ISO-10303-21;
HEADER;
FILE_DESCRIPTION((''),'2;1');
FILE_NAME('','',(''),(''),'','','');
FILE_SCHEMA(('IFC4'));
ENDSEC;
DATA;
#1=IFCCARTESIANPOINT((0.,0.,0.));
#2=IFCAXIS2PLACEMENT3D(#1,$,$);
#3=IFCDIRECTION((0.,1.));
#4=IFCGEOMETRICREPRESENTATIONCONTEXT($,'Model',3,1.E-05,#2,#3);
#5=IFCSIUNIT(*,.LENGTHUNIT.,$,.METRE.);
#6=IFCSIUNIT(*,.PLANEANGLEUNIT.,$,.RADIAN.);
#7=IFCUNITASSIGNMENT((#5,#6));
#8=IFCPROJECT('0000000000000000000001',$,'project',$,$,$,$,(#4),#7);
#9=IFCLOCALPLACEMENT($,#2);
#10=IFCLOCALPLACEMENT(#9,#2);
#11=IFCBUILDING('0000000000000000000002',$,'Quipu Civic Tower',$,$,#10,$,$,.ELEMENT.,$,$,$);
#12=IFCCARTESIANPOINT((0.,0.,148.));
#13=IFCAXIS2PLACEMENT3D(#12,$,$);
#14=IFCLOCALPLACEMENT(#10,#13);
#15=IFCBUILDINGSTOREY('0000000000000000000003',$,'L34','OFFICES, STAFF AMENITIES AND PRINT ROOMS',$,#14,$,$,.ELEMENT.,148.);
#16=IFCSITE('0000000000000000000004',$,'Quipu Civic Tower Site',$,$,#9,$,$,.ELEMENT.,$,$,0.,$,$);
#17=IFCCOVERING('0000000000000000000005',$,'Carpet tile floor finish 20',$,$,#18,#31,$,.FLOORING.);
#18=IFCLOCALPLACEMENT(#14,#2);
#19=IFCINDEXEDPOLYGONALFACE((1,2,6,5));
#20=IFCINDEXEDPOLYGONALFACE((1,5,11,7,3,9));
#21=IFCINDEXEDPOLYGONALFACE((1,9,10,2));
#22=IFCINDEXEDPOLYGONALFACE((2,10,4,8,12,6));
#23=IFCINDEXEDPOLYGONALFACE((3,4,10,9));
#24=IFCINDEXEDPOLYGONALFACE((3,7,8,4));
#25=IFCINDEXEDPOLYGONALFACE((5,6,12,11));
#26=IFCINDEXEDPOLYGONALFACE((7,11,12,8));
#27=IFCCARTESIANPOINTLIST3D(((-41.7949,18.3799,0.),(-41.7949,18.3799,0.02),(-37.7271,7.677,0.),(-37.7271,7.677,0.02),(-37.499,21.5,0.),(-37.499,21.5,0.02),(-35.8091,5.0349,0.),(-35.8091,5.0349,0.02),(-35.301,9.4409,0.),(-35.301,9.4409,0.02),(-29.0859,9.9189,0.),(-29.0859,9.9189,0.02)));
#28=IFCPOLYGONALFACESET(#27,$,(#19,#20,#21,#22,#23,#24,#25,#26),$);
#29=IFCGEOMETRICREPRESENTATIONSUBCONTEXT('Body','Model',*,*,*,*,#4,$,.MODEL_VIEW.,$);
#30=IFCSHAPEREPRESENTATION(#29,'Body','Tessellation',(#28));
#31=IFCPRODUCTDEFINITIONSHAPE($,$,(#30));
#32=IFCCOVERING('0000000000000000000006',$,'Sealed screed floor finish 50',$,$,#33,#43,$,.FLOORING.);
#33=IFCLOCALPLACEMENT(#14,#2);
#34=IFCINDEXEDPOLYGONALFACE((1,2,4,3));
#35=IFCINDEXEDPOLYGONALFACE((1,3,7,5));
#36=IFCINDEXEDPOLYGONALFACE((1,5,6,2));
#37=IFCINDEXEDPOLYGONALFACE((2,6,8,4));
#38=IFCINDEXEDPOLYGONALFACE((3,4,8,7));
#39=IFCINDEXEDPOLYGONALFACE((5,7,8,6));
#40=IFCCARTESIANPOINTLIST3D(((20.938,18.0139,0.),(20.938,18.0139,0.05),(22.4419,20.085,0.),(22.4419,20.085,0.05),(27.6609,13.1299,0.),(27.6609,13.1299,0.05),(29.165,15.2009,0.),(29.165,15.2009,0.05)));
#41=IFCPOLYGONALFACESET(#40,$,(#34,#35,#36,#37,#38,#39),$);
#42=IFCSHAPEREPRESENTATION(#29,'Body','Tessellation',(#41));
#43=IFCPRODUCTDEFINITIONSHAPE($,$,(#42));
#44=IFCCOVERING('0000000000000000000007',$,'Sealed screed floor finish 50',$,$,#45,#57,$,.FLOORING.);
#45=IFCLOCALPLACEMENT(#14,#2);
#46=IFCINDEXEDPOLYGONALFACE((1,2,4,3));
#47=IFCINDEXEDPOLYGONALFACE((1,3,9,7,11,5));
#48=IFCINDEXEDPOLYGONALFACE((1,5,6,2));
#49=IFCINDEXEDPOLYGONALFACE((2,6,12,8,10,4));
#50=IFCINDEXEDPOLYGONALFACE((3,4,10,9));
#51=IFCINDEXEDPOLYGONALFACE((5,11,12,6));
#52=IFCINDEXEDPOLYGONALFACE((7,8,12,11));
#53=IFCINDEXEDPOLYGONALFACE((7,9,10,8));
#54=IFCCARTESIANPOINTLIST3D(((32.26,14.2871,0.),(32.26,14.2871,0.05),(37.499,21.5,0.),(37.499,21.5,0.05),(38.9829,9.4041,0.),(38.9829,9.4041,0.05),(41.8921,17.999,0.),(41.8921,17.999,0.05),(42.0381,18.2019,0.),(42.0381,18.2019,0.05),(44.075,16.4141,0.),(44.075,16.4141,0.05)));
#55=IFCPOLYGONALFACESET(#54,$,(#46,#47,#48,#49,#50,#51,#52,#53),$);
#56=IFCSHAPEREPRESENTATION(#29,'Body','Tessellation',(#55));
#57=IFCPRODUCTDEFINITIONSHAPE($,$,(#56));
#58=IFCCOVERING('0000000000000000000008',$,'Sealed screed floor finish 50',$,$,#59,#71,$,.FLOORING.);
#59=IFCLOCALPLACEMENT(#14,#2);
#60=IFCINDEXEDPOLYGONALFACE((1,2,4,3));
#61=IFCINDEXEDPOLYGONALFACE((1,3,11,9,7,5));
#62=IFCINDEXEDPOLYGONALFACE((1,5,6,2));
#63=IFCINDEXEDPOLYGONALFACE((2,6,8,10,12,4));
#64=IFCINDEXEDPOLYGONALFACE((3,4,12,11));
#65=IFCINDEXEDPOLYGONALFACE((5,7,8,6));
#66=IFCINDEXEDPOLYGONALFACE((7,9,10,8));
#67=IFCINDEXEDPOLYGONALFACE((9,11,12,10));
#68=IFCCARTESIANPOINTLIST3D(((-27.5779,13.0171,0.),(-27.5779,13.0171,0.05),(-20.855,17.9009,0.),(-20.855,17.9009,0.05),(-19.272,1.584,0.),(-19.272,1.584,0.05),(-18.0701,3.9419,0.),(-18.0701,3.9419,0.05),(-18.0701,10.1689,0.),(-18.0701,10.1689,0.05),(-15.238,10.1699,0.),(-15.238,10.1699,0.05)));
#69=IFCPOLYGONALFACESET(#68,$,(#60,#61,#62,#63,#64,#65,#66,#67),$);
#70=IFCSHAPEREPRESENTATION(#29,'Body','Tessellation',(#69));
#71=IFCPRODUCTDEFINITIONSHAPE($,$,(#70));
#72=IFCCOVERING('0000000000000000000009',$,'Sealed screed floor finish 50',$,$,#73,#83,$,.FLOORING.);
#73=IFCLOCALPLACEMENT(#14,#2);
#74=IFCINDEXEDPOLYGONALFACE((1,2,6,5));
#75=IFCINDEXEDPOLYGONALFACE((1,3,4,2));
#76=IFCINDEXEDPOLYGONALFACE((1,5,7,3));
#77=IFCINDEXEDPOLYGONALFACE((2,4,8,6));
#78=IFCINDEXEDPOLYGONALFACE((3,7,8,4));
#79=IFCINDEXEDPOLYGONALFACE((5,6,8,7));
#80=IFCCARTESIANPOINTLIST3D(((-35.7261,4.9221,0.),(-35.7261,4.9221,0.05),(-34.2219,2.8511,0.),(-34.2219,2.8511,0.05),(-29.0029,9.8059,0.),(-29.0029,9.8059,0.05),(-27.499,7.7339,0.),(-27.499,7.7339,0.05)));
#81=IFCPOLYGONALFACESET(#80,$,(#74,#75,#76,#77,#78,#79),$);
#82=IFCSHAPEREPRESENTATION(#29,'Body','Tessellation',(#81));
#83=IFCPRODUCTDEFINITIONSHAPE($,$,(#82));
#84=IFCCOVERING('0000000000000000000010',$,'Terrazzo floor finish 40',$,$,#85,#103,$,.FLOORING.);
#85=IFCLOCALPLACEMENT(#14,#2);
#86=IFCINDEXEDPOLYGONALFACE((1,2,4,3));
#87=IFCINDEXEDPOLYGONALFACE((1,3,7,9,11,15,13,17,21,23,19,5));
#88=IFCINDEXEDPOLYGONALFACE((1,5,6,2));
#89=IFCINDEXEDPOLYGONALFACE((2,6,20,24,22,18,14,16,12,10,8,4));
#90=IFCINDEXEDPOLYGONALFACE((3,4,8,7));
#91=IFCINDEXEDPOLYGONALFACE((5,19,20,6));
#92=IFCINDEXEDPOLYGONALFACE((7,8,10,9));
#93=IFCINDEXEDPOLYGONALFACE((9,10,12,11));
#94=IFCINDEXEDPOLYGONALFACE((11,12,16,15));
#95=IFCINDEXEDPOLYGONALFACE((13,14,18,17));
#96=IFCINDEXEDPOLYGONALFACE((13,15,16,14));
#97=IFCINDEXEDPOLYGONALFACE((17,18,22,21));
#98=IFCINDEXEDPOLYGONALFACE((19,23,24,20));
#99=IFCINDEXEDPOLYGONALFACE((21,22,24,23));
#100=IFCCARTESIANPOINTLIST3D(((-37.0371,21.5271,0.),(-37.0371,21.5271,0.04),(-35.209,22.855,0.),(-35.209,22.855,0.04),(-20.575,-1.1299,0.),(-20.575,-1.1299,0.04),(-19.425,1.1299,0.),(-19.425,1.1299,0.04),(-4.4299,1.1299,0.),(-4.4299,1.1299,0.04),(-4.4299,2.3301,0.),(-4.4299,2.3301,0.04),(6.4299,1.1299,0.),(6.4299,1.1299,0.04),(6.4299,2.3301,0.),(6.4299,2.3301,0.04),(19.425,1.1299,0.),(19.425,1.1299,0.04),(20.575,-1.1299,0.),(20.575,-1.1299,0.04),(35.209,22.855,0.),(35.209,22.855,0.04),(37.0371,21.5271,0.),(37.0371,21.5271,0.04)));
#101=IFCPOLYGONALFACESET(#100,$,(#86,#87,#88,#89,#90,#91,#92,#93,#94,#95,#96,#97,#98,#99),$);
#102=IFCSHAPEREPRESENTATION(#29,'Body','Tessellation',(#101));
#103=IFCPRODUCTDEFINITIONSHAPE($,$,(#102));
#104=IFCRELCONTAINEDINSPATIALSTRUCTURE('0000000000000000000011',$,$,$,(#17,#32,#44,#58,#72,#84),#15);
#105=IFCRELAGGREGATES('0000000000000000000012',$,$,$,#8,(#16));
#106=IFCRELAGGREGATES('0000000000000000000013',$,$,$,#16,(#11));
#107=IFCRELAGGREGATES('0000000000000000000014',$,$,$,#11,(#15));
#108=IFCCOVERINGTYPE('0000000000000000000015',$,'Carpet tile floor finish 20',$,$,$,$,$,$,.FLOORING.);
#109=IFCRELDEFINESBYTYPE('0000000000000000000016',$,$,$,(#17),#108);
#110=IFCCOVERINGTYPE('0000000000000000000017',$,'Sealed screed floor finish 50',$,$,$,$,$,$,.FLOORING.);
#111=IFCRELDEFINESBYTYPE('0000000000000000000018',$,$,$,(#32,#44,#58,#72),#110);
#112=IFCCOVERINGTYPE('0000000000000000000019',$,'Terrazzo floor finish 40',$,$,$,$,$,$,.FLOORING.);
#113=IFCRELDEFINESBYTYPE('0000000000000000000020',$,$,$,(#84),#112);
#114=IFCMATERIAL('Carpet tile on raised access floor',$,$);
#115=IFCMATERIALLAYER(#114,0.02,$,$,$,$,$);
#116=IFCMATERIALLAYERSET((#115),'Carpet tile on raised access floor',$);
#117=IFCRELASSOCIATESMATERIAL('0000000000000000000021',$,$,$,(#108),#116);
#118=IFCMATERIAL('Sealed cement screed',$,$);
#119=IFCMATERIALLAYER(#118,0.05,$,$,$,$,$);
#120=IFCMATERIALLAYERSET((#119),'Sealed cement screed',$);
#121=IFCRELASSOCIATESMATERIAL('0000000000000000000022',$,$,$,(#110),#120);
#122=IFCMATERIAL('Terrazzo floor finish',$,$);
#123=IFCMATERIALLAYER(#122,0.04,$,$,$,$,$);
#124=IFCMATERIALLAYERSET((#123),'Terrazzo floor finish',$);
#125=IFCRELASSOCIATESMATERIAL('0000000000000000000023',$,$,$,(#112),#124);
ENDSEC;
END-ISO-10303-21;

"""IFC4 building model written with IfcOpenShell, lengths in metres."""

from ifc_helpers import new_model, si_unit, direction, frame, origin, place, context, subcontext, project, spatial, polyline, outline, extrude, material, layer, layer_set, type_object, element, save


model = new_model("IFC4")

# Units and contexts
model_context = context("Model", 3, precision=1e-05, world=origin(), true_north=direction((0.0, 1.0)))
body_context = subcontext(model_context, "Body", "Model", "MODEL_VIEW")
ifc_project = project(units=[si_unit("LENGTHUNIT", "METRE"), si_unit("PLANEANGLEUNIT", "RADIAN")], contexts=[model_context])

# Site, building, storey
site_placement = place(None, origin())
site = spatial("IfcSite", under=ifc_project, at=site_placement, Name="Quipu Civic Tower Site", CompositionType="ELEMENT", RefElevation=0.0)
building_placement = place(site_placement, origin())
building = spatial("IfcBuilding", under=site, at=building_placement, Name="Quipu Civic Tower", CompositionType="ELEMENT")
storey_placement = place(building_placement, frame((0.0, 0.0, 148.0)))
storey = spatial("IfcBuildingStorey", under=building, at=storey_placement, Name="L34", Description="OFFICES, STAFF AMENITIES AND PRINT ROOMS", CompositionType="ELEMENT", Elevation=148.0)

# Coverings
ifc_material_1 = material(Name="Carpet tile on raised access floor")
ifc_layer_1 = layer(ifc_material_1, 0.02)
ifc_layer_set_1 = layer_set([ifc_layer_1], Name="Carpet tile on raised access floor")
covering_type_1 = type_object("IfcCoveringType", Name="Carpet tile floor finish 20", PredefinedType="FLOORING", material=ifc_layer_set_1)
covering_1_placement = place(storey_placement, origin())
element("IfcCovering", 1, at=covering_1_placement, inside=storey, type_object=covering_type_1, Name="Carpet tile floor finish 20", PredefinedType="FLOORING", context=body_context, shape_type="SweptSolid", body=[
    extrude(outline(polyline([(-41.7949, 18.3799), (-37.499, 21.5), (-29.0859, 9.9189), (-35.8091, 5.0349), (-37.7271, 7.677), (-35.301, 9.4409), (-41.7949, 18.3799)])), origin(), (0.0, 0.0, 1.0), 0.02),
])
ifc_material_2 = material(Name="Sealed cement screed")
ifc_layer_2 = layer(ifc_material_2, 0.05)
ifc_layer_set_2 = layer_set([ifc_layer_2], Name="Sealed cement screed")
covering_type_2 = type_object("IfcCoveringType", Name="Sealed screed floor finish 50", PredefinedType="FLOORING", material=ifc_layer_set_2)
covering_2_placement = place(storey_placement, origin())
element("IfcCovering", 2, at=covering_2_placement, inside=storey, type_object=covering_type_2, Name="Sealed screed floor finish 50", PredefinedType="FLOORING", context=body_context, shape_type="SweptSolid", body=[
    extrude(outline(polyline([(20.938, 18.0139), (22.4419, 20.085), (29.165, 15.2009), (27.6609, 13.1299), (20.938, 18.0139)])), origin(), (0.0, 0.0, 1.0), 0.05),
])
covering_3_placement = place(storey_placement, origin())
element("IfcCovering", 3, at=covering_3_placement, inside=storey, type_object=covering_type_2, Name="Sealed screed floor finish 50", PredefinedType="FLOORING", context=body_context, shape_type="SweptSolid", body=[
    extrude(outline(polyline([(32.26, 14.2871), (37.499, 21.5), (42.0381, 18.2019), (41.8921, 17.999), (44.075, 16.4141), (38.9829, 9.4041), (32.26, 14.2871)])), origin(), (0.0, 0.0, 1.0), 0.05),
])
covering_4_placement = place(storey_placement, origin())
element("IfcCovering", 4, at=covering_4_placement, inside=storey, type_object=covering_type_2, Name="Sealed screed floor finish 50", PredefinedType="FLOORING", context=body_context, shape_type="SweptSolid", body=[
    extrude(outline(polyline([(-27.5779, 13.0171), (-20.855, 17.9009), (-15.238, 10.1699), (-18.0701, 10.1689), (-18.0701, 3.9419), (-19.272, 1.584), (-27.5779, 13.0171)])), origin(), (0.0, 0.0, 1.0), 0.05),
])
covering_5_placement = place(storey_placement, origin())
element("IfcCovering", 5, at=covering_5_placement, inside=storey, type_object=covering_type_2, Name="Sealed screed floor finish 50", PredefinedType="FLOORING", context=body_context, shape_type="SweptSolid", body=[
    extrude(outline(polyline([(-35.7261, 4.9221), (-29.0029, 9.8059), (-27.499, 7.7339), (-34.2219, 2.8511), (-35.7261, 4.9221)])), origin(), (0.0, 0.0, 1.0), 0.05),
])
ifc_material_3 = material(Name="Terrazzo floor finish")
ifc_layer_3 = layer(ifc_material_3, 0.04)
ifc_layer_set_3 = layer_set([ifc_layer_3], Name="Terrazzo floor finish")
covering_type_3 = type_object("IfcCoveringType", Name="Terrazzo floor finish 40", PredefinedType="FLOORING", material=ifc_layer_set_3)
covering_6_placement = place(storey_placement, origin())
element("IfcCovering", 6, at=covering_6_placement, inside=storey, type_object=covering_type_3, Name="Terrazzo floor finish 40", PredefinedType="FLOORING", context=body_context, shape_type="SweptSolid", body=[
    extrude(outline(polyline([(19.425, 1.1299), (35.209, 22.855), (37.0371, 21.5271), (20.575, -1.1299), (-20.575, -1.1299), (-37.0371, 21.5271), (-35.209, 22.855), (-19.425, 1.1299), (-4.4299, 1.1299), (-4.4299, 2.3301), (6.4299, 2.3301), (6.4299, 1.1299), (19.425, 1.1299)])), origin(), (0.0, 0.0, 1.0), 0.04),
])

save(model, "model.ifc")
